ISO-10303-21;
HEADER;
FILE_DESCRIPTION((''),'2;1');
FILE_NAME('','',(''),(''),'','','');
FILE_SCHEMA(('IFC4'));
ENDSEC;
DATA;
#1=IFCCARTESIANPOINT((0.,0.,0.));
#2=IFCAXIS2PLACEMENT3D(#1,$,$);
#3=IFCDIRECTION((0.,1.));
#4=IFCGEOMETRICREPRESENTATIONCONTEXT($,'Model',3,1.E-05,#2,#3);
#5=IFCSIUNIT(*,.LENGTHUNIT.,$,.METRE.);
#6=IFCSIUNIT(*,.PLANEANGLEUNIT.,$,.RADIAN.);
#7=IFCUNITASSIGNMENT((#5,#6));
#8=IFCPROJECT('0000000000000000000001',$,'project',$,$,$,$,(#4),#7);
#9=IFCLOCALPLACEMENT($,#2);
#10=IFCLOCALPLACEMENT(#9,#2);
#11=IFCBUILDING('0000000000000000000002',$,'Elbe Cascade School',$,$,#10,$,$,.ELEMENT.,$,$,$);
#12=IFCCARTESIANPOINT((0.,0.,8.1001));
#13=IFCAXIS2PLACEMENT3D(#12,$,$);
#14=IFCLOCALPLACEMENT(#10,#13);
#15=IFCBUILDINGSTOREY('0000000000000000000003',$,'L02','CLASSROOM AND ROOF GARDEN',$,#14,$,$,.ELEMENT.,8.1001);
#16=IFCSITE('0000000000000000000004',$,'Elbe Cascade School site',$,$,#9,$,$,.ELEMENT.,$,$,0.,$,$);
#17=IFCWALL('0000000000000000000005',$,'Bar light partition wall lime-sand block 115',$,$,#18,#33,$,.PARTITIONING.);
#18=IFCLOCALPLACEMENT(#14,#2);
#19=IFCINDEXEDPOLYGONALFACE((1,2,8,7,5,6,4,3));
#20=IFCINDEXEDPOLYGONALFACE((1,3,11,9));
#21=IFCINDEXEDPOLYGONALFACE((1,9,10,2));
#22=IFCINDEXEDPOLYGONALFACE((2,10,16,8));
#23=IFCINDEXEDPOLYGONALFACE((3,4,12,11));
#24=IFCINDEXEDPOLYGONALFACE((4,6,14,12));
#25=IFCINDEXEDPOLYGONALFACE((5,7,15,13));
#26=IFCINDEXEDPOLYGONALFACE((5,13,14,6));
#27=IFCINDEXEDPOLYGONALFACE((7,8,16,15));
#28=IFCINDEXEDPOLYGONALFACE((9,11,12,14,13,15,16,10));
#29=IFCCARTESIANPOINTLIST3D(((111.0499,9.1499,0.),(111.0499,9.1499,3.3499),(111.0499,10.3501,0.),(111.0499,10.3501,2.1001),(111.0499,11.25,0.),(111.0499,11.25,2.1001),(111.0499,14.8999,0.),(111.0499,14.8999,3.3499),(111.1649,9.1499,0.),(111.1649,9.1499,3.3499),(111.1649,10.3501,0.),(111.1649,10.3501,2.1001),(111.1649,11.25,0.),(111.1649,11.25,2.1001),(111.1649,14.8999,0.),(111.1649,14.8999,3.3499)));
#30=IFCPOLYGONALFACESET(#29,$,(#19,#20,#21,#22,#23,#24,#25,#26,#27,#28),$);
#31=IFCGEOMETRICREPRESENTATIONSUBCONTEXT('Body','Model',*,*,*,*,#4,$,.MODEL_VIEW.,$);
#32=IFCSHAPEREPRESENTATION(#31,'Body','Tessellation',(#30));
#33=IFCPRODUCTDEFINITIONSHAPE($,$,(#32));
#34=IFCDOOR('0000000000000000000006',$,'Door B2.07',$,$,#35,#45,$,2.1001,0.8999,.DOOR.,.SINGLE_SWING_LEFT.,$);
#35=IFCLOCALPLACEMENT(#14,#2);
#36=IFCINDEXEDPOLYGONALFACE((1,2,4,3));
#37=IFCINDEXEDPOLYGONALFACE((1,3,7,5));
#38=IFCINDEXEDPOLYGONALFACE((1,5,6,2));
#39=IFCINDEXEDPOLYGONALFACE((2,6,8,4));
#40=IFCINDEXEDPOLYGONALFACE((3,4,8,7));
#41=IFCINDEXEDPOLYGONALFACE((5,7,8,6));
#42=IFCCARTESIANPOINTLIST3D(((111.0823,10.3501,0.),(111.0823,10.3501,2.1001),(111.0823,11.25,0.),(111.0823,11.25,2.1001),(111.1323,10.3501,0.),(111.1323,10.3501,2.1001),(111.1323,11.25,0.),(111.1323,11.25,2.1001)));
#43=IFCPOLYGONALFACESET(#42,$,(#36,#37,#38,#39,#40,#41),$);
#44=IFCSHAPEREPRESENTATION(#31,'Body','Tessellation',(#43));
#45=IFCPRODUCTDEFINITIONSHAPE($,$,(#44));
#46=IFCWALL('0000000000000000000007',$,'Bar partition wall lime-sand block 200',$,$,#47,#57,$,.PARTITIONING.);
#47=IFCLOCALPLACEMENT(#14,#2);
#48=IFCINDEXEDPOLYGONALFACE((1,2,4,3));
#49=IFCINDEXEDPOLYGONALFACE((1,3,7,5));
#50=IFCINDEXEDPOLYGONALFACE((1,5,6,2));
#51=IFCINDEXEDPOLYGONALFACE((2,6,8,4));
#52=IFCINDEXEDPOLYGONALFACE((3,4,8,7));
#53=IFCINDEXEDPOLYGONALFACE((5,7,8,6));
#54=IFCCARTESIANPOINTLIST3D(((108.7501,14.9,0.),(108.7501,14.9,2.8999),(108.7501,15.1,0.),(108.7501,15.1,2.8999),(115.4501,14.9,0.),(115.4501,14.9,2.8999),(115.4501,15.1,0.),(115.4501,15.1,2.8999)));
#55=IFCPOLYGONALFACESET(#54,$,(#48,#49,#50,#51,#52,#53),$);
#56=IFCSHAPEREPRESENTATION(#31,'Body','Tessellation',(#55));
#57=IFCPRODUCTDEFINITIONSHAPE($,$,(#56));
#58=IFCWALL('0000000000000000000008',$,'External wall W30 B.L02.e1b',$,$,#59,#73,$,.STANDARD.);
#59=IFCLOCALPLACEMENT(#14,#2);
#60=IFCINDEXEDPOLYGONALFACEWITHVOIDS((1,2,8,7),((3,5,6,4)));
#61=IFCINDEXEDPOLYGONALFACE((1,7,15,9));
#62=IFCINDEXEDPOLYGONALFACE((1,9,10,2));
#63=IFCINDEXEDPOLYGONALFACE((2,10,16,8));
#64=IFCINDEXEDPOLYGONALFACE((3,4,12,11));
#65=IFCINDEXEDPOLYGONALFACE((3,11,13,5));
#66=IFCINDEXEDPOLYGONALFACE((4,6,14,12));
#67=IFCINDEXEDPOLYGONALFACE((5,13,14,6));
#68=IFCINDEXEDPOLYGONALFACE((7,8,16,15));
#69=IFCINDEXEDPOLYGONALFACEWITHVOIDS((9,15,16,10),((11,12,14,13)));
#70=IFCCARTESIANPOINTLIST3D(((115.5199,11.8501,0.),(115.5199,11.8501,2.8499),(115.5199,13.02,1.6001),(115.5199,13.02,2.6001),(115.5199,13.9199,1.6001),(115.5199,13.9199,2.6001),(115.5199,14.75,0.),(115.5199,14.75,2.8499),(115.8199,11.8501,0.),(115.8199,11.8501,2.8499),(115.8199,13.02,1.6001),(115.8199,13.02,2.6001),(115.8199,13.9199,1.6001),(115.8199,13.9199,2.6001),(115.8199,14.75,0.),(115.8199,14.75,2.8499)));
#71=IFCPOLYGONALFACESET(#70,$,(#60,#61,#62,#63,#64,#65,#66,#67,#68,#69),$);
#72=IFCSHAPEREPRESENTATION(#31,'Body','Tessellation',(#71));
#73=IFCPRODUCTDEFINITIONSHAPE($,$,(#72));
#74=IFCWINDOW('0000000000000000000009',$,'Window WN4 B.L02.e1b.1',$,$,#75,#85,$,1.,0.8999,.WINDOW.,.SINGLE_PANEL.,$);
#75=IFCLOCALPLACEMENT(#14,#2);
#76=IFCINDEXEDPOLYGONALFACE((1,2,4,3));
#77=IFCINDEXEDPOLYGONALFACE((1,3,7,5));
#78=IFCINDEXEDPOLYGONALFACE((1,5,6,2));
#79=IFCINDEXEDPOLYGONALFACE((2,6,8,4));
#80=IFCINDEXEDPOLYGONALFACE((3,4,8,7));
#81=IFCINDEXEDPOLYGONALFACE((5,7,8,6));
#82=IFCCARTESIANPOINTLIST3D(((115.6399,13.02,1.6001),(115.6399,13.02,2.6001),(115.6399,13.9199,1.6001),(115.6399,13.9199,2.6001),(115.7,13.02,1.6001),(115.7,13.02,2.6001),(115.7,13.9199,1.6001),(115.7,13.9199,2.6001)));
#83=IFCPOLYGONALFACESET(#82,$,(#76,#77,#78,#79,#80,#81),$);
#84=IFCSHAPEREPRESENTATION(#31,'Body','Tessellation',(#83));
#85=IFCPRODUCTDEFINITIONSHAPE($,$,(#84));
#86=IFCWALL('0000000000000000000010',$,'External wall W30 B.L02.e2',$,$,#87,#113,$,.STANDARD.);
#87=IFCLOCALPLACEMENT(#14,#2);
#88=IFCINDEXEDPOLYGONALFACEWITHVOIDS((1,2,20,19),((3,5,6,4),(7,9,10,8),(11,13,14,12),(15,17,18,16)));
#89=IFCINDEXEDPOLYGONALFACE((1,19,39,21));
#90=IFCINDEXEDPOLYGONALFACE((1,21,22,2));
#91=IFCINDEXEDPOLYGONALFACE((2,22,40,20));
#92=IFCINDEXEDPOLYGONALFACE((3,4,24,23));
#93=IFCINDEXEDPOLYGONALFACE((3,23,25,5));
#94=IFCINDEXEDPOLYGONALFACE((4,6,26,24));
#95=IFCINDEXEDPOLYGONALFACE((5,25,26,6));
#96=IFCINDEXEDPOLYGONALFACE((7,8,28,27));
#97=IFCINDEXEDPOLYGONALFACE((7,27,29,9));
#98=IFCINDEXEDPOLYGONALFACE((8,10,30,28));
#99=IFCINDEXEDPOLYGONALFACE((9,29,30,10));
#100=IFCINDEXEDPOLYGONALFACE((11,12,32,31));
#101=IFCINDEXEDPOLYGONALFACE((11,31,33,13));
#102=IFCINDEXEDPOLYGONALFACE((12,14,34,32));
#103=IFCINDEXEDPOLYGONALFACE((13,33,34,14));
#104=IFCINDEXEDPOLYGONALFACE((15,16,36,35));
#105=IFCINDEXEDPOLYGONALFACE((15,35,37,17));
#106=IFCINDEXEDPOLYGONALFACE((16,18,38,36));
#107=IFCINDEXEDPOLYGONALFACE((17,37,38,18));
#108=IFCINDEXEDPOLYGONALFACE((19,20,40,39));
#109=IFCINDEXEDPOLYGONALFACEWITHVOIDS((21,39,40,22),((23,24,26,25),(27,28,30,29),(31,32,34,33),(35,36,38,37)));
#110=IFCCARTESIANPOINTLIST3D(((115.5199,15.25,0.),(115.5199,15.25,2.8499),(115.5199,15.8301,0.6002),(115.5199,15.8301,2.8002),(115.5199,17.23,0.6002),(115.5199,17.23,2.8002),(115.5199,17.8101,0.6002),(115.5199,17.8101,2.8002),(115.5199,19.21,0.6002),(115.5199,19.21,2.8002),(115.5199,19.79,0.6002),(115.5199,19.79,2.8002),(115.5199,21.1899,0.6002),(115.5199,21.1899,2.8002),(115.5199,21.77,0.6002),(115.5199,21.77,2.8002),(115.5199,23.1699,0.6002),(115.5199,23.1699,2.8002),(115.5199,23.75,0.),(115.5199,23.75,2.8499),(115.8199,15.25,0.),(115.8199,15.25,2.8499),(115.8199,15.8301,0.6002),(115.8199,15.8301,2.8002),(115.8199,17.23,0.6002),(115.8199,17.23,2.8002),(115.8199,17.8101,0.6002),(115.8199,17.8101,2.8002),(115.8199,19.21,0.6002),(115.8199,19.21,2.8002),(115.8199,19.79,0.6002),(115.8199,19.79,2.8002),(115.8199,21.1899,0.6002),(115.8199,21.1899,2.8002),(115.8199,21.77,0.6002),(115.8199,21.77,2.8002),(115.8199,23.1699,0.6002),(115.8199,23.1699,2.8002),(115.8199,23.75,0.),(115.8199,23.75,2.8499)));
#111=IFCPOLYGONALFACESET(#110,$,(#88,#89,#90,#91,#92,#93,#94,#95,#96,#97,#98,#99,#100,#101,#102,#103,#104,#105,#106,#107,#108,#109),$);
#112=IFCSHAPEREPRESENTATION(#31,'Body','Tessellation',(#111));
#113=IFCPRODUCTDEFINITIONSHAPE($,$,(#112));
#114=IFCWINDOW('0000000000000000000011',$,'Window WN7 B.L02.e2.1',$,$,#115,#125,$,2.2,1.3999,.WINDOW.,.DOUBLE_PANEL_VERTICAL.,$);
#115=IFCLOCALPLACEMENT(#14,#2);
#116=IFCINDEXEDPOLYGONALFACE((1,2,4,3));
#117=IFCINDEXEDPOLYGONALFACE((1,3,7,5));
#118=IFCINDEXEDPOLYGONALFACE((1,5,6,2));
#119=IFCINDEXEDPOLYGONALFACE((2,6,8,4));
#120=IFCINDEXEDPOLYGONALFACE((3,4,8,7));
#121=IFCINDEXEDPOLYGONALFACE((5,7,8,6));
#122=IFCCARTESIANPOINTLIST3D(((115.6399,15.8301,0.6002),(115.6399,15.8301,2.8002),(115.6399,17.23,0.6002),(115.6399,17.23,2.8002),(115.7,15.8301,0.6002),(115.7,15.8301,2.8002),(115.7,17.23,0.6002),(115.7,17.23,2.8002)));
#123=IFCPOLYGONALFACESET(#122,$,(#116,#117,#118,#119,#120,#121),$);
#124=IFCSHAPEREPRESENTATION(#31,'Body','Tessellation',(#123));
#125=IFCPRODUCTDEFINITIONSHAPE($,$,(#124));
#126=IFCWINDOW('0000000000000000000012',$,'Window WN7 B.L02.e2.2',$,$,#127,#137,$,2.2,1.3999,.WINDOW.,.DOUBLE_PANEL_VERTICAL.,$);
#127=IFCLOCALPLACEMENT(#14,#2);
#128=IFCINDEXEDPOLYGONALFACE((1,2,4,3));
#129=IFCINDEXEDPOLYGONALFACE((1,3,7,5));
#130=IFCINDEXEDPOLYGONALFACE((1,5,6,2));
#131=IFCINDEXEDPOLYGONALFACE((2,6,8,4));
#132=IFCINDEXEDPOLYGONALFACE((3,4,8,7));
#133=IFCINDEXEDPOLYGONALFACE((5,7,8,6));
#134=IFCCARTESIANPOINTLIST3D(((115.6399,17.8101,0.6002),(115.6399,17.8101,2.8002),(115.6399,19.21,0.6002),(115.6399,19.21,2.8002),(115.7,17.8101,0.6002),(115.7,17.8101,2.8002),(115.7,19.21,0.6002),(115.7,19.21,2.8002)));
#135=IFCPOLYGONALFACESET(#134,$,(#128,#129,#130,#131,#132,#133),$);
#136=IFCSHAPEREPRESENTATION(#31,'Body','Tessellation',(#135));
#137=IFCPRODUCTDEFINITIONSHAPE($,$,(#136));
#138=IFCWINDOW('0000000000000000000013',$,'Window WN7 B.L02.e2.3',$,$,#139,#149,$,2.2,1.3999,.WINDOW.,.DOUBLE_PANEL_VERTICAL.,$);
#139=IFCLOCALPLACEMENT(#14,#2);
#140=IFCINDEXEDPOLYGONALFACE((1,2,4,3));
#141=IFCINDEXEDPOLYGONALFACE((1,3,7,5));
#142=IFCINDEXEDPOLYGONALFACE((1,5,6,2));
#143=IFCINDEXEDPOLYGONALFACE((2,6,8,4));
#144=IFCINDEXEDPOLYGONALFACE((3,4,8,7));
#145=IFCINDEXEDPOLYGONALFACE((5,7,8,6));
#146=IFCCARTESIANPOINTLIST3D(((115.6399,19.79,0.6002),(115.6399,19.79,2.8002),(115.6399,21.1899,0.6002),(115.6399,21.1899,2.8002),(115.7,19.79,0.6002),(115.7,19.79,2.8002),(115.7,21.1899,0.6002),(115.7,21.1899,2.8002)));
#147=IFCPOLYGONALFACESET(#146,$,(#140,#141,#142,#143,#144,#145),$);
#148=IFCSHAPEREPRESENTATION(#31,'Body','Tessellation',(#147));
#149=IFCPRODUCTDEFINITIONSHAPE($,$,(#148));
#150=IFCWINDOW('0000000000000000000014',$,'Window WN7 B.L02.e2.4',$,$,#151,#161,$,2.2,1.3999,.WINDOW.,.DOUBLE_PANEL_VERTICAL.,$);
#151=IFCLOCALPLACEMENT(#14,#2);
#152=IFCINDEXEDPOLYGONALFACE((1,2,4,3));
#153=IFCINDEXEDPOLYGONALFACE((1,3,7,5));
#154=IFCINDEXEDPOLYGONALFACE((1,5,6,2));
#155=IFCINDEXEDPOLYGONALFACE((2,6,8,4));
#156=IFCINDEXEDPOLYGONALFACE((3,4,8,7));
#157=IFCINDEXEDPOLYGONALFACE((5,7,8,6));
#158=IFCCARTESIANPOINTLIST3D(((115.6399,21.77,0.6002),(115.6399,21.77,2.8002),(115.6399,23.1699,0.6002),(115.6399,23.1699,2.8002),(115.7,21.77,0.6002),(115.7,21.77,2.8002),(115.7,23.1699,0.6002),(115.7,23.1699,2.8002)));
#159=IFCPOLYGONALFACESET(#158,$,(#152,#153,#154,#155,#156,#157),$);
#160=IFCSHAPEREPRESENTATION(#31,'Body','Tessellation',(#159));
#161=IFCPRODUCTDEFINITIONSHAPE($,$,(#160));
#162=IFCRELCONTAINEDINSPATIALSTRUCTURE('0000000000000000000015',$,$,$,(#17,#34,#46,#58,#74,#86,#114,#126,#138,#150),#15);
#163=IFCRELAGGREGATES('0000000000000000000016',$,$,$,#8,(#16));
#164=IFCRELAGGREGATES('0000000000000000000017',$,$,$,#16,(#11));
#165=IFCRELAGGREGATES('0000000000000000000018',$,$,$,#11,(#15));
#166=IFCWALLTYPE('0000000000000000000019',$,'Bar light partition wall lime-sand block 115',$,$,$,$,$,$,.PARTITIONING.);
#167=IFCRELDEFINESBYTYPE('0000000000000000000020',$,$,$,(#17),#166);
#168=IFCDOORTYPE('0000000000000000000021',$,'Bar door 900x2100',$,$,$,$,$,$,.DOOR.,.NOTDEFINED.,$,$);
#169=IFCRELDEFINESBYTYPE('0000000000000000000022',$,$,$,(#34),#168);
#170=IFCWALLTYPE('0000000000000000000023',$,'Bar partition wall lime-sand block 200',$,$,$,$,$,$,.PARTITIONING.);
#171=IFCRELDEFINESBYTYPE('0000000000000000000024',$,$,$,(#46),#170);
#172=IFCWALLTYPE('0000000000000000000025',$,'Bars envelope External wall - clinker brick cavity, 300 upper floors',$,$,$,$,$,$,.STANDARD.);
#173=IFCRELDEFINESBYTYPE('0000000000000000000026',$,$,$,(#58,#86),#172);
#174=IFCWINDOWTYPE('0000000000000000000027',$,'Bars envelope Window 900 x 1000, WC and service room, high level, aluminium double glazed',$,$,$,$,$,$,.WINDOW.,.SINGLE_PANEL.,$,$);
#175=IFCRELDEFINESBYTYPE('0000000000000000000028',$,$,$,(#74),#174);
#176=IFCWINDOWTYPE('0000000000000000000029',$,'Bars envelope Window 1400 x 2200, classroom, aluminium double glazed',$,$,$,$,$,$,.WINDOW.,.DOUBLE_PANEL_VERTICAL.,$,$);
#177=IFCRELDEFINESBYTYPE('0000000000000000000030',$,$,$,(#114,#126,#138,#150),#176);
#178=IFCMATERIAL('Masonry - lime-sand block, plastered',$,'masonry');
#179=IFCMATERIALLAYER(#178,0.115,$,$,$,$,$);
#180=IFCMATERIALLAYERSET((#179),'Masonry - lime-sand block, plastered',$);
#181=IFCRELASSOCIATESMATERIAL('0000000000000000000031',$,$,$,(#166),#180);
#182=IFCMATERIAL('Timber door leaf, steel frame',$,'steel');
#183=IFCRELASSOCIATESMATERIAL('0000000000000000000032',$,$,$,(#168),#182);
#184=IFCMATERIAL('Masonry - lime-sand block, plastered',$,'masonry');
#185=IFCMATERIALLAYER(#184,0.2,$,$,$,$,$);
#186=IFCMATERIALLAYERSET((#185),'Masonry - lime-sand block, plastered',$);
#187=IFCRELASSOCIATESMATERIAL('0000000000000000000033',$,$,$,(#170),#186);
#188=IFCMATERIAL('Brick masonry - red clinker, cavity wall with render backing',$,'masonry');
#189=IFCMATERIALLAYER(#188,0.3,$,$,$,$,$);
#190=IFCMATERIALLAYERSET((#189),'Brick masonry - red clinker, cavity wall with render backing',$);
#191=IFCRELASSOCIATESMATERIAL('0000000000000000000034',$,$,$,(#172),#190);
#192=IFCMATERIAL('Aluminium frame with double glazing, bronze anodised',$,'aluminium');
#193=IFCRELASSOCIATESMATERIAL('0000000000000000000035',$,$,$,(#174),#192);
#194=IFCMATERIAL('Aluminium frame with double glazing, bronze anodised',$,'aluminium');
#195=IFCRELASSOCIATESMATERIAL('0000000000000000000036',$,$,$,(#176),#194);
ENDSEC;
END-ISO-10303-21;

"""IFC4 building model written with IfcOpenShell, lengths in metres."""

from ifc_helpers import new_model, si_unit, direction, frame, frame_2d, origin, place, context, subcontext, project, spatial, rectangle, extrude, material, layer, layer_set, type_object, element, fill, save


model = new_model("IFC4")

# Units and contexts
model_context = context("Model", 3, precision=1e-05, world=origin(), true_north=direction((0.0, 1.0)))
body_context = subcontext(model_context, "Body", "Model", "MODEL_VIEW")
ifc_project = project(units=[si_unit("LENGTHUNIT", "METRE"), si_unit("PLANEANGLEUNIT", "RADIAN")], contexts=[model_context])

# Site, building, storey
site_placement = place(None, origin())
site = spatial("IfcSite", under=ifc_project, at=site_placement, Name="Elbe Cascade School site", CompositionType="ELEMENT", RefElevation=0.0)
building_placement = place(site_placement, origin())
building = spatial("IfcBuilding", under=site, at=building_placement, Name="Elbe Cascade School", CompositionType="ELEMENT")
storey_placement = place(building_placement, frame((0.0, 0.0, 8.1001)))
storey = spatial("IfcBuildingStorey", under=building, at=storey_placement, Name="L02", Description="CLASSROOM AND ROOF GARDEN", CompositionType="ELEMENT", Elevation=8.1001)

# Wall, opening, door
ifc_material_1 = material(Name="Masonry - lime-sand block, plastered", Category="masonry")
ifc_layer_1 = layer(ifc_material_1, 0.115)
ifc_layer_set_1 = layer_set([ifc_layer_1], Name="Masonry - lime-sand block, plastered")
wall_type_1 = type_object("IfcWallType", Name="Bar light partition wall lime-sand block 115", PredefinedType="PARTITIONING", material=ifc_layer_set_1)
wall_1_placement = place(storey_placement, frame((111.1074, 14.8999, 0.0), z_axis=(0.0, 0.0, 1.0), x_axis=(0.0, -1.0, 0.0)))
wall_1 = element("IfcWall", 1, at=wall_1_placement, inside=storey, type_object=wall_type_1, Name="Bar light partition wall lime-sand block 115", PredefinedType="PARTITIONING", context=body_context, shape_type="SweptSolid", body=[
    extrude(rectangle(XDim=5.75, YDim=0.115, at=frame_2d((2.875, 0.0))), origin(), (0.0, 0.0, 1.0), 3.3499),
])
opening_1_placement = place(wall_1_placement, frame((3.6499, 0.0, 0.0)))
opening_1 = element("IfcOpeningElement", 2, at=opening_1_placement, cuts=wall_1, PredefinedType="OPENING", context=body_context, shape_type="SweptSolid", body=[
    extrude(rectangle(XDim=0.8999, YDim=2.1001, at=frame_2d((0.45, 1.05))), frame((0.0, 0.0674, 0.0), z_axis=(0.0, -1.0, 0.0), x_axis=(1.0, 0.0, 0.0)), (0.0, 0.0, 1.0), 0.135),
])
ifc_material_2 = material(Name="Timber door leaf, steel frame", Category="steel")
door_type_1 = type_object("IfcDoorType", Name="Bar door 900x2100", OperationType="NOTDEFINED", PredefinedType="DOOR", material=ifc_material_2)
door_1_placement = place(opening_1_placement, origin())
door_1 = element("IfcDoor", 3, at=door_1_placement, inside=storey, type_object=door_type_1, Name="Door B2.07", OperationType="SINGLE_SWING_LEFT", OverallHeight=2.1001, OverallWidth=0.8999, PredefinedType="DOOR", context=body_context, shape_type="SweptSolid", body=[
    extrude(rectangle(XDim=0.8999, YDim=2.1001, at=frame_2d((0.45, 1.05))), frame((0.0, 0.0249, 0.0), z_axis=(0.0, -1.0, 0.0), x_axis=(1.0, 0.0, 0.0)), (0.0, 0.0, 1.0), 0.05),
])
fill(opening_1, door_1)

# Wall
ifc_material_3 = material(Name="Masonry - lime-sand block, plastered", Category="masonry")
ifc_layer_2 = layer(ifc_material_3, 0.2)
ifc_layer_set_2 = layer_set([ifc_layer_2], Name="Masonry - lime-sand block, plastered")
wall_type_2 = type_object("IfcWallType", Name="Bar partition wall lime-sand block 200", PredefinedType="PARTITIONING", material=ifc_layer_set_2)
wall_2_placement = place(storey_placement, frame((108.75, 15.0, 0.0), z_axis=(0.0, 0.0, 1.0), x_axis=(1.0, 0.0, 0.0)))
element("IfcWall", 4, at=wall_2_placement, inside=storey, type_object=wall_type_2, Name="Bar partition wall lime-sand block 200", PredefinedType="PARTITIONING", context=body_context, shape_type="SweptSolid", body=[
    extrude(rectangle(XDim=6.7, YDim=0.2, at=frame_2d((3.3501, 0.0))), origin(), (0.0, 0.0, 1.0), 2.8999),
])

# Wall, opening, window
ifc_material_4 = material(Name="Brick masonry - red clinker, cavity wall with render backing", Category="masonry")
ifc_layer_3 = layer(ifc_material_4, 0.3)
ifc_layer_set_3 = layer_set([ifc_layer_3], Name="Brick masonry - red clinker, cavity wall with render backing")
wall_type_3 = type_object("IfcWallType", Name="Bars envelope External wall - clinker brick cavity, 300 upper floors", PredefinedType="STANDARD", material=ifc_layer_set_3)
wall_3_placement = place(storey_placement, frame((115.6699, 14.75, 0.0), z_axis=(0.0, 0.0, 1.0), x_axis=(0.0, -1.0, 0.0)))
wall_3 = element("IfcWall", 5, at=wall_3_placement, inside=storey, type_object=wall_type_3, Name="External wall W30 B.L02.e1b", PredefinedType="STANDARD", context=body_context, shape_type="SweptSolid", body=[
    extrude(rectangle(XDim=2.8999, YDim=0.3, at=frame_2d((1.45, 0.0))), origin(), (0.0, 0.0, 1.0), 2.8499),
])
opening_2_placement = place(wall_3_placement, frame((0.8301, 0.0, 1.6001)))
opening_2 = element("IfcOpeningElement", 6, at=opening_2_placement, cuts=wall_3, PredefinedType="OPENING", context=body_context, shape_type="SweptSolid", body=[
    extrude(rectangle(XDim=0.8999, YDim=1.0, at=frame_2d((0.45, 0.5))), frame((0.0, 0.1599, 0.0), z_axis=(0.0, -1.0, 0.0), x_axis=(1.0, 0.0, 0.0)), (0.0, 0.0, 1.0), 0.3201),
])
ifc_material_5 = material(Name="Aluminium frame with double glazing, bronze anodised", Category="aluminium")
window_type_1 = type_object("IfcWindowType", Name="Bars envelope Window 900 x 1000, WC and service room, high level, aluminium double glazed", PartitioningType="SINGLE_PANEL", PredefinedType="WINDOW", material=ifc_material_5)
window_1_placement = place(opening_2_placement, origin())
window_1 = element("IfcWindow", 7, at=window_1_placement, inside=storey, type_object=window_type_1, Name="Window WN4 B.L02.e1b.1", OverallHeight=1.0, OverallWidth=0.8999, PartitioningType="SINGLE_PANEL", PredefinedType="WINDOW", context=body_context, shape_type="SweptSolid", body=[
    extrude(rectangle(XDim=0.8999, YDim=1.0, at=frame_2d((0.45, 0.5))), frame((0.0, 0.03, 0.0), z_axis=(0.0, -1.0, 0.0), x_axis=(1.0, 0.0, 0.0)), (0.0, 0.0, 1.0), 0.0601),
])
fill(opening_2, window_1)

# Wall, openings, windows
wall_4_placement = place(storey_placement, frame((115.6699, 23.75, 0.0), z_axis=(0.0, 0.0, 1.0), x_axis=(0.0, -1.0, 0.0)))
wall_4 = element("IfcWall", 8, at=wall_4_placement, inside=storey, type_object=wall_type_3, Name="External wall W30 B.L02.e2", PredefinedType="STANDARD", context=body_context, shape_type="SweptSolid", body=[
    extrude(rectangle(XDim=8.5, YDim=0.3, at=frame_2d((4.25, 0.0))), origin(), (0.0, 0.0, 1.0), 2.8499),
])
opening_3_placement = place(wall_4_placement, frame((6.52, 0.0, 0.6001)))
opening_3 = element("IfcOpeningElement", 9, at=opening_3_placement, cuts=wall_4, PredefinedType="OPENING", context=body_context, shape_type="SweptSolid", body=[
    extrude(rectangle(XDim=1.3999, YDim=2.2, at=frame_2d((0.7, 1.1001))), frame((0.0, 0.1599, 0.0), z_axis=(0.0, -1.0, 0.0), x_axis=(1.0, 0.0, 0.0)), (0.0, 0.0, 1.0), 0.3201),
])
opening_4_placement = place(wall_4_placement, frame((4.54, 0.0, 0.6001)))
opening_4 = element("IfcOpeningElement", 10, at=opening_4_placement, cuts=wall_4, PredefinedType="OPENING", context=body_context, shape_type="SweptSolid", body=[
    extrude(rectangle(XDim=1.3999, YDim=2.2, at=frame_2d((0.7, 1.1001))), frame((0.0, 0.1599, 0.0), z_axis=(0.0, -1.0, 0.0), x_axis=(1.0, 0.0, 0.0)), (0.0, 0.0, 1.0), 0.3201),
])
opening_5_placement = place(wall_4_placement, frame((2.5601, 0.0, 0.6001)))
opening_5 = element("IfcOpeningElement", 11, at=opening_5_placement, cuts=wall_4, PredefinedType="OPENING", context=body_context, shape_type="SweptSolid", body=[
    extrude(rectangle(XDim=1.3999, YDim=2.2, at=frame_2d((0.7, 1.1001))), frame((0.0, 0.1599, 0.0), z_axis=(0.0, -1.0, 0.0), x_axis=(1.0, 0.0, 0.0)), (0.0, 0.0, 1.0), 0.3201),
])
opening_6_placement = place(wall_4_placement, frame((0.5801, 0.0, 0.6001)))
opening_6 = element("IfcOpeningElement", 12, at=opening_6_placement, cuts=wall_4, PredefinedType="OPENING", context=body_context, shape_type="SweptSolid", body=[
    extrude(rectangle(XDim=1.3999, YDim=2.2, at=frame_2d((0.7, 1.1001))), frame((0.0, 0.1599, 0.0), z_axis=(0.0, -1.0, 0.0), x_axis=(1.0, 0.0, 0.0)), (0.0, 0.0, 1.0), 0.3201),
])
ifc_material_6 = material(Name="Aluminium frame with double glazing, bronze anodised", Category="aluminium")
window_type_2 = type_object("IfcWindowType", Name="Bars envelope Window 1400 x 2200, classroom, aluminium double glazed", PartitioningType="DOUBLE_PANEL_VERTICAL", PredefinedType="WINDOW", material=ifc_material_6)
window_2_placement = place(opening_3_placement, origin())
window_2 = element("IfcWindow", 13, at=window_2_placement, inside=storey, type_object=window_type_2, Name="Window WN7 B.L02.e2.1", OverallHeight=2.2, OverallWidth=1.3999, PartitioningType="DOUBLE_PANEL_VERTICAL", PredefinedType="WINDOW", context=body_context, shape_type="SweptSolid", body=[
    extrude(rectangle(XDim=1.3999, YDim=2.2, at=frame_2d((0.7, 1.1001))), frame((0.0, 0.03, 0.0), z_axis=(0.0, -1.0, 0.0), x_axis=(1.0, 0.0, 0.0)), (0.0, 0.0, 1.0), 0.0601),
])
fill(opening_3, window_2)
window_3_placement = place(opening_4_placement, origin())
window_3 = element("IfcWindow", 14, at=window_3_placement, inside=storey, type_object=window_type_2, Name="Window WN7 B.L02.e2.2", OverallHeight=2.2, OverallWidth=1.3999, PartitioningType="DOUBLE_PANEL_VERTICAL", PredefinedType="WINDOW", context=body_context, shape_type="SweptSolid", body=[
    extrude(rectangle(XDim=1.3999, YDim=2.2, at=frame_2d((0.7, 1.1001))), frame((0.0, 0.03, 0.0), z_axis=(0.0, -1.0, 0.0), x_axis=(1.0, 0.0, 0.0)), (0.0, 0.0, 1.0), 0.0601),
])
fill(opening_4, window_3)
window_4_placement = place(opening_5_placement, origin())
window_4 = element("IfcWindow", 15, at=window_4_placement, inside=storey, type_object=window_type_2, Name="Window WN7 B.L02.e2.3", OverallHeight=2.2, OverallWidth=1.3999, PartitioningType="DOUBLE_PANEL_VERTICAL", PredefinedType="WINDOW", context=body_context, shape_type="SweptSolid", body=[
    extrude(rectangle(XDim=1.3999, YDim=2.2, at=frame_2d((0.7, 1.1001))), frame((0.0, 0.03, 0.0), z_axis=(0.0, -1.0, 0.0), x_axis=(1.0, 0.0, 0.0)), (0.0, 0.0, 1.0), 0.0601),
])
fill(opening_5, window_4)
window_5_placement = place(opening_6_placement, origin())
window_5 = element("IfcWindow", 16, at=window_5_placement, inside=storey, type_object=window_type_2, Name="Window WN7 B.L02.e2.4", OverallHeight=2.2, OverallWidth=1.3999, PartitioningType="DOUBLE_PANEL_VERTICAL", PredefinedType="WINDOW", context=body_context, shape_type="SweptSolid", body=[
    extrude(rectangle(XDim=1.3999, YDim=2.2, at=frame_2d((0.7, 1.1001))), frame((0.0, 0.03, 0.0), z_axis=(0.0, -1.0, 0.0), x_axis=(1.0, 0.0, 0.0)), (0.0, 0.0, 1.0), 0.0601),
])
fill(opening_6, window_5)

save(model, "model.ifc")
